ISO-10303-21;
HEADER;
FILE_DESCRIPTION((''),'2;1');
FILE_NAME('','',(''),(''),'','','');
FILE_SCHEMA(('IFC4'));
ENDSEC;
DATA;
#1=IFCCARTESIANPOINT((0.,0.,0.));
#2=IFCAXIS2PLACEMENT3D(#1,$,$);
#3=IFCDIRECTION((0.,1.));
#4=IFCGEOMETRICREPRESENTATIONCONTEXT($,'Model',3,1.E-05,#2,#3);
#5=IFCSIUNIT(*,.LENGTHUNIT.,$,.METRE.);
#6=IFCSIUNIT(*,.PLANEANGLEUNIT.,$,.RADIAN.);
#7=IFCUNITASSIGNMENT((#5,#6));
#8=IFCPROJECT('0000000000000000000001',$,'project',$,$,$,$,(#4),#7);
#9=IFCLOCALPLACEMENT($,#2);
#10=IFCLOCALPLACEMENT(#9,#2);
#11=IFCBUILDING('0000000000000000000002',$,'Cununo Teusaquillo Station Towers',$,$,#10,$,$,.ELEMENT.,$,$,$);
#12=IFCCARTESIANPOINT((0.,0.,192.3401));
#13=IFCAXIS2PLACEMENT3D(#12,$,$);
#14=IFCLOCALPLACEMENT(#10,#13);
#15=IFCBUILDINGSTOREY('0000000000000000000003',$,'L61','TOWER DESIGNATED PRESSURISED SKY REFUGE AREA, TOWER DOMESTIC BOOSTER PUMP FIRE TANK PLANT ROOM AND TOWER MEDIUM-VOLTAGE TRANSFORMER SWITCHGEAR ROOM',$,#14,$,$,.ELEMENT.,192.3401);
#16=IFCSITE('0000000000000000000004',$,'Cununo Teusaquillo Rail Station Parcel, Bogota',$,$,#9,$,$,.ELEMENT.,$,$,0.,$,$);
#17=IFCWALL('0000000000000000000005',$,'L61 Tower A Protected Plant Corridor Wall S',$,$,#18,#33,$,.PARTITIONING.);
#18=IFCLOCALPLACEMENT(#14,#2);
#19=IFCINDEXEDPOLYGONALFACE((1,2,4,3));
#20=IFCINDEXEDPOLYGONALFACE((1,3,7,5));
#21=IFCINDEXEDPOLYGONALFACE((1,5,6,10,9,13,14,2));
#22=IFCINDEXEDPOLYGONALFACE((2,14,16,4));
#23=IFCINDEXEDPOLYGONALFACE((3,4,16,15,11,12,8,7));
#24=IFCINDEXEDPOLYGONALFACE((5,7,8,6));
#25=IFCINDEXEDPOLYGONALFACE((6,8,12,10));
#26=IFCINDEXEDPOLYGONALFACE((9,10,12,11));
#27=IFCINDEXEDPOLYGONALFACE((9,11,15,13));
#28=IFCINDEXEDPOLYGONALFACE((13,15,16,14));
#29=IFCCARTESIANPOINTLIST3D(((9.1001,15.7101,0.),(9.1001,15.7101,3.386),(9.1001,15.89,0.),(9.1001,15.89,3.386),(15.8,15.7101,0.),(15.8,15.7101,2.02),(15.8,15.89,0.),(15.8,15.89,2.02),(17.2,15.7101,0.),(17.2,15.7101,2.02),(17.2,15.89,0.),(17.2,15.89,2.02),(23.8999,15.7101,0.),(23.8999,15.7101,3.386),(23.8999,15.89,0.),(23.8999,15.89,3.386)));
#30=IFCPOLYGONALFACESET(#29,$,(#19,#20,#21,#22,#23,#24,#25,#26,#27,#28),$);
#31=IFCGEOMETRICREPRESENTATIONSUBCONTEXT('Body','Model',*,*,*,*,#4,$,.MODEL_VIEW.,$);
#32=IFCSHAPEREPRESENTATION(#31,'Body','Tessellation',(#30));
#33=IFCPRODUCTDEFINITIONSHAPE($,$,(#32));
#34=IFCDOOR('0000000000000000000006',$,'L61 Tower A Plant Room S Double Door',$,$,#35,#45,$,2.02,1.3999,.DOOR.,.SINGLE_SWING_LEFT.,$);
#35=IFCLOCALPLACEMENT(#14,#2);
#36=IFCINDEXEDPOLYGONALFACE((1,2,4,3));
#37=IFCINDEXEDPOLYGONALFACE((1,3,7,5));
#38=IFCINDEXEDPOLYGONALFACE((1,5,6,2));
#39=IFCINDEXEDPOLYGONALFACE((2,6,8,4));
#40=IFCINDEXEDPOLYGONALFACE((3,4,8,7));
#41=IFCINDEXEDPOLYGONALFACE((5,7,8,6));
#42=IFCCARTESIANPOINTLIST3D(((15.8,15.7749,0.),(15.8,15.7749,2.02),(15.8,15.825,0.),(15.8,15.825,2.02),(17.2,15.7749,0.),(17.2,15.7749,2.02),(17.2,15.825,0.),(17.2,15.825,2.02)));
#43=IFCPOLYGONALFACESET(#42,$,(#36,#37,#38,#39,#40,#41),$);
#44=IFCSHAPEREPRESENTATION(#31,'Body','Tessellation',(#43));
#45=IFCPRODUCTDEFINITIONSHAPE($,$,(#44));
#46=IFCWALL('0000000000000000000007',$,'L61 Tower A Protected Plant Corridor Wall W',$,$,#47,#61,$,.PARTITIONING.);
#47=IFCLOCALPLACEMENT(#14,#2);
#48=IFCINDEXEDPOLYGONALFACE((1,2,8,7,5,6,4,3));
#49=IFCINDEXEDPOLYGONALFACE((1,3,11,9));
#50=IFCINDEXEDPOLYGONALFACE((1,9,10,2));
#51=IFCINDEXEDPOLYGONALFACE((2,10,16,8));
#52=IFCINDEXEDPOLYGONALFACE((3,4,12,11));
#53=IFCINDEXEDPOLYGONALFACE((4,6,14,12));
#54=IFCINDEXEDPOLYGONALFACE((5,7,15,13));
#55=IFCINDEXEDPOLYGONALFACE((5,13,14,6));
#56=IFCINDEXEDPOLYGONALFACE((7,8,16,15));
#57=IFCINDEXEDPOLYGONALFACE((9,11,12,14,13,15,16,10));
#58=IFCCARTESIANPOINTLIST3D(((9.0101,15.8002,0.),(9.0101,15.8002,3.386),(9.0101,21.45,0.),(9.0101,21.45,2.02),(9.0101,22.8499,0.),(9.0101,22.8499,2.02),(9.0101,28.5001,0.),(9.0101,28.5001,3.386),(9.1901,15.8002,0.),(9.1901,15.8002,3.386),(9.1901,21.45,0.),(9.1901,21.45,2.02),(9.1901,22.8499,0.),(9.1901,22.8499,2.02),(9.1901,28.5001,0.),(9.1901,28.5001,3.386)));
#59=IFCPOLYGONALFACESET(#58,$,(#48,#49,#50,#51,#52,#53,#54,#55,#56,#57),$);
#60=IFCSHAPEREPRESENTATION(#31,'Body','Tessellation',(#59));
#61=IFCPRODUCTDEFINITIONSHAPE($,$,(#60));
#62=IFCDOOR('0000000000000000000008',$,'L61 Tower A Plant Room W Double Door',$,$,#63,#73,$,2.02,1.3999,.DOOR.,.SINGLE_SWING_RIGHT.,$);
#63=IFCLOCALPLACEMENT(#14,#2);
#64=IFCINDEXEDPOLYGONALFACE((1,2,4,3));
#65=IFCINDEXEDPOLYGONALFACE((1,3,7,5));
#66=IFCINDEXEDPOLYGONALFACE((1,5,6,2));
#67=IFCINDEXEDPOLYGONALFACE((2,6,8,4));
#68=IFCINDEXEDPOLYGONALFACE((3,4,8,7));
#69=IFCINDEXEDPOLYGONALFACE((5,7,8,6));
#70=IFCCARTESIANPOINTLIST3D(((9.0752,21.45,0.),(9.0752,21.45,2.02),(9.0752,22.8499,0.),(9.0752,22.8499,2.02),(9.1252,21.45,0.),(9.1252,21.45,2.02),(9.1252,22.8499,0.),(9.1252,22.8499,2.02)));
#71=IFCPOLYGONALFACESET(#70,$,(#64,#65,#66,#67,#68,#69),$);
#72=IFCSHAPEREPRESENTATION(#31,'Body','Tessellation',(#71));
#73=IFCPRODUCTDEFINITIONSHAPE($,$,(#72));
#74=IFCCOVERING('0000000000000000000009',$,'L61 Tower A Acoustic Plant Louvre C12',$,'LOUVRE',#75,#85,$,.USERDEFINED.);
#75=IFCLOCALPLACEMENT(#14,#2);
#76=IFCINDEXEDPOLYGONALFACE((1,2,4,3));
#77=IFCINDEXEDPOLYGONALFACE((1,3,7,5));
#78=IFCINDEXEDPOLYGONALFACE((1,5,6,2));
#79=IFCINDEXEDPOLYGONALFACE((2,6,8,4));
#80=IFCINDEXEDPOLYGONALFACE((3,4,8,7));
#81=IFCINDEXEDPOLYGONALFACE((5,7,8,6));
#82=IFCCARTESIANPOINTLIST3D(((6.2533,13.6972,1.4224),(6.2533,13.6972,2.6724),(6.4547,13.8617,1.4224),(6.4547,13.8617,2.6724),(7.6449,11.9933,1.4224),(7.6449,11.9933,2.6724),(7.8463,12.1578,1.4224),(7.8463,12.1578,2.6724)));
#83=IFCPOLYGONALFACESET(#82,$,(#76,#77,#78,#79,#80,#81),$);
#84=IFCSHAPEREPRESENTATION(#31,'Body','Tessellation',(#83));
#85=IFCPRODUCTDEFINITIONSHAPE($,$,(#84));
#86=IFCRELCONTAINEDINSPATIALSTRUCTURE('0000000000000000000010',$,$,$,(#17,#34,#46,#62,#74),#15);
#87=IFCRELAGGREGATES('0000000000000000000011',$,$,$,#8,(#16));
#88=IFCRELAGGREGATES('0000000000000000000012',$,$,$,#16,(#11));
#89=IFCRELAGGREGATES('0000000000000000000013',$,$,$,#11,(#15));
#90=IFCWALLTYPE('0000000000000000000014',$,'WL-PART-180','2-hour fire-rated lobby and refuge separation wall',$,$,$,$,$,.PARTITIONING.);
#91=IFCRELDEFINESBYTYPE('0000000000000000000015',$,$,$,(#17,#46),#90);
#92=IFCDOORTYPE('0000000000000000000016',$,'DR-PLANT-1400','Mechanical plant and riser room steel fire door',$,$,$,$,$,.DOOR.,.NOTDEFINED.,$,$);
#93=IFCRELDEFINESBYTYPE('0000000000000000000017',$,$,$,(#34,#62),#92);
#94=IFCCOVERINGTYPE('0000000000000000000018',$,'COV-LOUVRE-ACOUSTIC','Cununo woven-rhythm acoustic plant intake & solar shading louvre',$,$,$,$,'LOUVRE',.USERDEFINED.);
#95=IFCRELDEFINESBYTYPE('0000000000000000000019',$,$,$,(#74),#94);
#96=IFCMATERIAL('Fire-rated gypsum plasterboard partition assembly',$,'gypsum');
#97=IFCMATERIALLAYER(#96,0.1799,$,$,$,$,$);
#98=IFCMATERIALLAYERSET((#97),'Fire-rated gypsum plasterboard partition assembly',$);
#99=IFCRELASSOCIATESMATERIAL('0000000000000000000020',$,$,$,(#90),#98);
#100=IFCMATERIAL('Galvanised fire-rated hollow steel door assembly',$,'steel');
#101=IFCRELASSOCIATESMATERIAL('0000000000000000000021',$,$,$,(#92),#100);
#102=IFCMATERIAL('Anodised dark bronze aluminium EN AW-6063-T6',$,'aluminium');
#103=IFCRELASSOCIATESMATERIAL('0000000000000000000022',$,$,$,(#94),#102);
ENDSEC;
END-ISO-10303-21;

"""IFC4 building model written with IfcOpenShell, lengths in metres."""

from ifc_helpers import new_model, si_unit, direction, frame, frame_2d, origin, origin_2d, place, context, subcontext, project, spatial, rectangle, extrude, source, transform, mapped, material, layer, layer_set, type_object, element, fill, save


model = new_model("IFC4")

# Units and contexts
model_context = context("Model", 3, precision=1e-05, world=origin(), true_north=direction((0.0, 1.0)))
body_context = subcontext(model_context, "Body", "Model", "MODEL_VIEW")
ifc_project = project(units=[si_unit("LENGTHUNIT", "METRE"), si_unit("PLANEANGLEUNIT", "RADIAN")], contexts=[model_context])

# Site, building, storey
site_placement = place(None, origin())
site = spatial("IfcSite", under=ifc_project, at=site_placement, Name="Cununo Teusaquillo Rail Station Parcel, Bogota", CompositionType="ELEMENT", RefElevation=0.0)
building_placement = place(site_placement, origin())
building = spatial("IfcBuilding", under=site, at=building_placement, Name="Cununo Teusaquillo Station Towers", CompositionType="ELEMENT")
storey_placement = place(building_placement, frame((0.0, 0.0, 192.3401)))
storey = spatial("IfcBuildingStorey", under=building, at=storey_placement, Name="L61", Description="TOWER DESIGNATED PRESSURISED SKY REFUGE AREA, TOWER DOMESTIC BOOSTER PUMP FIRE TANK PLANT ROOM AND TOWER MEDIUM-VOLTAGE TRANSFORMER SWITCHGEAR ROOM", CompositionType="ELEMENT", Elevation=192.3401)

# Walls, openings, doors
ifc_material_1 = material(Name="Fire-rated gypsum plasterboard partition assembly", Category="gypsum")
ifc_layer_1 = layer(ifc_material_1, 0.1799)
ifc_layer_set_1 = layer_set([ifc_layer_1], Name="Fire-rated gypsum plasterboard partition assembly")
wall_type_1 = type_object("IfcWallType", Name="WL-PART-180", Description="2-hour fire-rated lobby and refuge separation wall", PredefinedType="PARTITIONING", material=ifc_layer_set_1)
wall_1_placement = place(storey_placement, frame((9.1001, 15.8, 0.0), z_axis=(0.0, 0.0, 1.0), x_axis=(1.0, 0.0, 0.0)))
wall_1 = element("IfcWall", 1, at=wall_1_placement, inside=storey, type_object=wall_type_1, Name="L61 Tower A Protected Plant Corridor Wall S", PredefinedType="PARTITIONING", context=body_context, shape_type="SweptSolid", body=[
    extrude(rectangle(XDim=14.7998, YDim=0.1799, at=frame_2d((7.3999, 0.0))), origin(), (0.0, 0.0, 1.0), 3.386),
])
shared_shape_1 = source(origin(), body_context, "Body", "SweptSolid", [
    extrude(rectangle(XDim=1.3999, YDim=2.02, at=frame_2d((0.7, 1.01))), frame((0.0, 0.0999, 0.0), z_axis=(0.0, -1.0, 0.0), x_axis=(1.0, 0.0, 0.0)), (0.0, 0.0, 1.0), 0.2),
])
opening_1_placement = place(wall_1_placement, frame((6.7, 0.0, 0.0)))
opening_1 = element("IfcOpeningElement", 2, at=opening_1_placement, cuts=wall_1, PredefinedType="OPENING", context=body_context, shape_type="MappedRepresentation", body=[
    mapped(shared_shape_1, transform((0.0, 0.0, 0.0), x_axis=(1.0, 0.0, 0.0), y_axis=(0.0, 1.0, 0.0), z_axis=(0.0, 0.0, 1.0), scale=1.0)),
])
ifc_material_2 = material(Name="Galvanised fire-rated hollow steel door assembly", Category="steel")
door_type = type_object("IfcDoorType", Name="DR-PLANT-1400", Description="Mechanical plant and riser room steel fire door", OperationType="NOTDEFINED", PredefinedType="DOOR", material=ifc_material_2)
shared_shape_2 = source(origin(), body_context, "Body", "SweptSolid", [
    extrude(rectangle(XDim=1.3999, YDim=2.02, at=frame_2d((0.7, 1.01))), frame((0.0, 0.0249, 0.0), z_axis=(0.0, -1.0, 0.0), x_axis=(1.0, 0.0, 0.0)), (0.0, 0.0, 1.0), 0.05),
])
door_1_placement = place(opening_1_placement, origin())
door_1 = element("IfcDoor", 3, at=door_1_placement, inside=storey, type_object=door_type, Name="L61 Tower A Plant Room S Double Door", OperationType="SINGLE_SWING_LEFT", OverallHeight=2.02, OverallWidth=1.3999, PredefinedType="DOOR", context=body_context, shape_type="MappedRepresentation", body=[
    mapped(shared_shape_2, transform((0.0, 0.0, 0.0), x_axis=(1.0, 0.0, 0.0), y_axis=(0.0, 1.0, 0.0), z_axis=(0.0, 0.0, 1.0), scale=1.0)),
])
fill(opening_1, door_1)
wall_2_placement = place(storey_placement, frame((9.1001, 15.8, 0.0), z_axis=(0.0, 0.0, 1.0), x_axis=(0.0, 1.0, 0.0)))
wall_2 = element("IfcWall", 4, at=wall_2_placement, inside=storey, type_object=wall_type_1, Name="L61 Tower A Protected Plant Corridor Wall W", PredefinedType="PARTITIONING", context=body_context, shape_type="SweptSolid", body=[
    extrude(rectangle(XDim=12.7, YDim=0.1799, at=frame_2d((6.3501, 0.0))), origin(), (0.0, 0.0, 1.0), 3.386),
])
opening_2_placement = place(wall_2_placement, frame((5.6499, 0.0, 0.0)))
opening_2 = element("IfcOpeningElement", 5, at=opening_2_placement, cuts=wall_2, PredefinedType="OPENING", context=body_context, shape_type="MappedRepresentation", body=[
    mapped(shared_shape_1, transform((0.0, 0.0, 0.0), x_axis=(1.0, 0.0, 0.0), y_axis=(0.0, 1.0, 0.0), z_axis=(0.0, 0.0, 1.0), scale=1.0)),
])
door_2_placement = place(opening_2_placement, origin())
door_2 = element("IfcDoor", 6, at=door_2_placement, inside=storey, type_object=door_type, Name="L61 Tower A Plant Room W Double Door", OperationType="SINGLE_SWING_RIGHT", OverallHeight=2.02, OverallWidth=1.3999, PredefinedType="DOOR", context=body_context, shape_type="MappedRepresentation", body=[
    mapped(shared_shape_2, transform((0.0, 0.0, 0.0), x_axis=(1.0, 0.0, 0.0), y_axis=(0.0, 1.0, 0.0), z_axis=(0.0, 0.0, 1.0), scale=1.0)),
])
fill(opening_2, door_2)

# Covering
ifc_material_3 = material(Name="Anodised dark bronze aluminium EN AW-6063-T6", Category="aluminium")
covering_type = type_object("IfcCoveringType", Name="COV-LOUVRE-ACOUSTIC", Description="Cununo woven-rhythm acoustic plant intake & solar shading louvre", ElementType="LOUVRE", PredefinedType="USERDEFINED", material=ifc_material_3)
shared_shape_3 = source(origin(), body_context, "Body", "SweptSolid", [
    extrude(rectangle(XDim=2.2, YDim=0.26, at=origin_2d()), origin(), (0.0, 0.0, 1.0), 1.25),
])
covering_placement = place(storey_placement, frame((7.0498, 12.9275, 1.4224), z_axis=(0.0, 0.0, 1.0), x_axis=(-0.63257, 0.774503, 0.0)))
element("IfcCovering", 7, at=covering_placement, inside=storey, type_object=covering_type, Name="L61 Tower A Acoustic Plant Louvre C12", ObjectType="LOUVRE", PredefinedType="USERDEFINED", context=body_context, shape_type="MappedRepresentation", body=[
    mapped(shared_shape_3, transform((0.0, 0.0, 0.0), x_axis=(1.0, 0.0, 0.0), y_axis=(0.0, 1.0, 0.0), z_axis=(0.0, 0.0, 1.0), scale=1.0)),
])

save(model, "model.ifc")
